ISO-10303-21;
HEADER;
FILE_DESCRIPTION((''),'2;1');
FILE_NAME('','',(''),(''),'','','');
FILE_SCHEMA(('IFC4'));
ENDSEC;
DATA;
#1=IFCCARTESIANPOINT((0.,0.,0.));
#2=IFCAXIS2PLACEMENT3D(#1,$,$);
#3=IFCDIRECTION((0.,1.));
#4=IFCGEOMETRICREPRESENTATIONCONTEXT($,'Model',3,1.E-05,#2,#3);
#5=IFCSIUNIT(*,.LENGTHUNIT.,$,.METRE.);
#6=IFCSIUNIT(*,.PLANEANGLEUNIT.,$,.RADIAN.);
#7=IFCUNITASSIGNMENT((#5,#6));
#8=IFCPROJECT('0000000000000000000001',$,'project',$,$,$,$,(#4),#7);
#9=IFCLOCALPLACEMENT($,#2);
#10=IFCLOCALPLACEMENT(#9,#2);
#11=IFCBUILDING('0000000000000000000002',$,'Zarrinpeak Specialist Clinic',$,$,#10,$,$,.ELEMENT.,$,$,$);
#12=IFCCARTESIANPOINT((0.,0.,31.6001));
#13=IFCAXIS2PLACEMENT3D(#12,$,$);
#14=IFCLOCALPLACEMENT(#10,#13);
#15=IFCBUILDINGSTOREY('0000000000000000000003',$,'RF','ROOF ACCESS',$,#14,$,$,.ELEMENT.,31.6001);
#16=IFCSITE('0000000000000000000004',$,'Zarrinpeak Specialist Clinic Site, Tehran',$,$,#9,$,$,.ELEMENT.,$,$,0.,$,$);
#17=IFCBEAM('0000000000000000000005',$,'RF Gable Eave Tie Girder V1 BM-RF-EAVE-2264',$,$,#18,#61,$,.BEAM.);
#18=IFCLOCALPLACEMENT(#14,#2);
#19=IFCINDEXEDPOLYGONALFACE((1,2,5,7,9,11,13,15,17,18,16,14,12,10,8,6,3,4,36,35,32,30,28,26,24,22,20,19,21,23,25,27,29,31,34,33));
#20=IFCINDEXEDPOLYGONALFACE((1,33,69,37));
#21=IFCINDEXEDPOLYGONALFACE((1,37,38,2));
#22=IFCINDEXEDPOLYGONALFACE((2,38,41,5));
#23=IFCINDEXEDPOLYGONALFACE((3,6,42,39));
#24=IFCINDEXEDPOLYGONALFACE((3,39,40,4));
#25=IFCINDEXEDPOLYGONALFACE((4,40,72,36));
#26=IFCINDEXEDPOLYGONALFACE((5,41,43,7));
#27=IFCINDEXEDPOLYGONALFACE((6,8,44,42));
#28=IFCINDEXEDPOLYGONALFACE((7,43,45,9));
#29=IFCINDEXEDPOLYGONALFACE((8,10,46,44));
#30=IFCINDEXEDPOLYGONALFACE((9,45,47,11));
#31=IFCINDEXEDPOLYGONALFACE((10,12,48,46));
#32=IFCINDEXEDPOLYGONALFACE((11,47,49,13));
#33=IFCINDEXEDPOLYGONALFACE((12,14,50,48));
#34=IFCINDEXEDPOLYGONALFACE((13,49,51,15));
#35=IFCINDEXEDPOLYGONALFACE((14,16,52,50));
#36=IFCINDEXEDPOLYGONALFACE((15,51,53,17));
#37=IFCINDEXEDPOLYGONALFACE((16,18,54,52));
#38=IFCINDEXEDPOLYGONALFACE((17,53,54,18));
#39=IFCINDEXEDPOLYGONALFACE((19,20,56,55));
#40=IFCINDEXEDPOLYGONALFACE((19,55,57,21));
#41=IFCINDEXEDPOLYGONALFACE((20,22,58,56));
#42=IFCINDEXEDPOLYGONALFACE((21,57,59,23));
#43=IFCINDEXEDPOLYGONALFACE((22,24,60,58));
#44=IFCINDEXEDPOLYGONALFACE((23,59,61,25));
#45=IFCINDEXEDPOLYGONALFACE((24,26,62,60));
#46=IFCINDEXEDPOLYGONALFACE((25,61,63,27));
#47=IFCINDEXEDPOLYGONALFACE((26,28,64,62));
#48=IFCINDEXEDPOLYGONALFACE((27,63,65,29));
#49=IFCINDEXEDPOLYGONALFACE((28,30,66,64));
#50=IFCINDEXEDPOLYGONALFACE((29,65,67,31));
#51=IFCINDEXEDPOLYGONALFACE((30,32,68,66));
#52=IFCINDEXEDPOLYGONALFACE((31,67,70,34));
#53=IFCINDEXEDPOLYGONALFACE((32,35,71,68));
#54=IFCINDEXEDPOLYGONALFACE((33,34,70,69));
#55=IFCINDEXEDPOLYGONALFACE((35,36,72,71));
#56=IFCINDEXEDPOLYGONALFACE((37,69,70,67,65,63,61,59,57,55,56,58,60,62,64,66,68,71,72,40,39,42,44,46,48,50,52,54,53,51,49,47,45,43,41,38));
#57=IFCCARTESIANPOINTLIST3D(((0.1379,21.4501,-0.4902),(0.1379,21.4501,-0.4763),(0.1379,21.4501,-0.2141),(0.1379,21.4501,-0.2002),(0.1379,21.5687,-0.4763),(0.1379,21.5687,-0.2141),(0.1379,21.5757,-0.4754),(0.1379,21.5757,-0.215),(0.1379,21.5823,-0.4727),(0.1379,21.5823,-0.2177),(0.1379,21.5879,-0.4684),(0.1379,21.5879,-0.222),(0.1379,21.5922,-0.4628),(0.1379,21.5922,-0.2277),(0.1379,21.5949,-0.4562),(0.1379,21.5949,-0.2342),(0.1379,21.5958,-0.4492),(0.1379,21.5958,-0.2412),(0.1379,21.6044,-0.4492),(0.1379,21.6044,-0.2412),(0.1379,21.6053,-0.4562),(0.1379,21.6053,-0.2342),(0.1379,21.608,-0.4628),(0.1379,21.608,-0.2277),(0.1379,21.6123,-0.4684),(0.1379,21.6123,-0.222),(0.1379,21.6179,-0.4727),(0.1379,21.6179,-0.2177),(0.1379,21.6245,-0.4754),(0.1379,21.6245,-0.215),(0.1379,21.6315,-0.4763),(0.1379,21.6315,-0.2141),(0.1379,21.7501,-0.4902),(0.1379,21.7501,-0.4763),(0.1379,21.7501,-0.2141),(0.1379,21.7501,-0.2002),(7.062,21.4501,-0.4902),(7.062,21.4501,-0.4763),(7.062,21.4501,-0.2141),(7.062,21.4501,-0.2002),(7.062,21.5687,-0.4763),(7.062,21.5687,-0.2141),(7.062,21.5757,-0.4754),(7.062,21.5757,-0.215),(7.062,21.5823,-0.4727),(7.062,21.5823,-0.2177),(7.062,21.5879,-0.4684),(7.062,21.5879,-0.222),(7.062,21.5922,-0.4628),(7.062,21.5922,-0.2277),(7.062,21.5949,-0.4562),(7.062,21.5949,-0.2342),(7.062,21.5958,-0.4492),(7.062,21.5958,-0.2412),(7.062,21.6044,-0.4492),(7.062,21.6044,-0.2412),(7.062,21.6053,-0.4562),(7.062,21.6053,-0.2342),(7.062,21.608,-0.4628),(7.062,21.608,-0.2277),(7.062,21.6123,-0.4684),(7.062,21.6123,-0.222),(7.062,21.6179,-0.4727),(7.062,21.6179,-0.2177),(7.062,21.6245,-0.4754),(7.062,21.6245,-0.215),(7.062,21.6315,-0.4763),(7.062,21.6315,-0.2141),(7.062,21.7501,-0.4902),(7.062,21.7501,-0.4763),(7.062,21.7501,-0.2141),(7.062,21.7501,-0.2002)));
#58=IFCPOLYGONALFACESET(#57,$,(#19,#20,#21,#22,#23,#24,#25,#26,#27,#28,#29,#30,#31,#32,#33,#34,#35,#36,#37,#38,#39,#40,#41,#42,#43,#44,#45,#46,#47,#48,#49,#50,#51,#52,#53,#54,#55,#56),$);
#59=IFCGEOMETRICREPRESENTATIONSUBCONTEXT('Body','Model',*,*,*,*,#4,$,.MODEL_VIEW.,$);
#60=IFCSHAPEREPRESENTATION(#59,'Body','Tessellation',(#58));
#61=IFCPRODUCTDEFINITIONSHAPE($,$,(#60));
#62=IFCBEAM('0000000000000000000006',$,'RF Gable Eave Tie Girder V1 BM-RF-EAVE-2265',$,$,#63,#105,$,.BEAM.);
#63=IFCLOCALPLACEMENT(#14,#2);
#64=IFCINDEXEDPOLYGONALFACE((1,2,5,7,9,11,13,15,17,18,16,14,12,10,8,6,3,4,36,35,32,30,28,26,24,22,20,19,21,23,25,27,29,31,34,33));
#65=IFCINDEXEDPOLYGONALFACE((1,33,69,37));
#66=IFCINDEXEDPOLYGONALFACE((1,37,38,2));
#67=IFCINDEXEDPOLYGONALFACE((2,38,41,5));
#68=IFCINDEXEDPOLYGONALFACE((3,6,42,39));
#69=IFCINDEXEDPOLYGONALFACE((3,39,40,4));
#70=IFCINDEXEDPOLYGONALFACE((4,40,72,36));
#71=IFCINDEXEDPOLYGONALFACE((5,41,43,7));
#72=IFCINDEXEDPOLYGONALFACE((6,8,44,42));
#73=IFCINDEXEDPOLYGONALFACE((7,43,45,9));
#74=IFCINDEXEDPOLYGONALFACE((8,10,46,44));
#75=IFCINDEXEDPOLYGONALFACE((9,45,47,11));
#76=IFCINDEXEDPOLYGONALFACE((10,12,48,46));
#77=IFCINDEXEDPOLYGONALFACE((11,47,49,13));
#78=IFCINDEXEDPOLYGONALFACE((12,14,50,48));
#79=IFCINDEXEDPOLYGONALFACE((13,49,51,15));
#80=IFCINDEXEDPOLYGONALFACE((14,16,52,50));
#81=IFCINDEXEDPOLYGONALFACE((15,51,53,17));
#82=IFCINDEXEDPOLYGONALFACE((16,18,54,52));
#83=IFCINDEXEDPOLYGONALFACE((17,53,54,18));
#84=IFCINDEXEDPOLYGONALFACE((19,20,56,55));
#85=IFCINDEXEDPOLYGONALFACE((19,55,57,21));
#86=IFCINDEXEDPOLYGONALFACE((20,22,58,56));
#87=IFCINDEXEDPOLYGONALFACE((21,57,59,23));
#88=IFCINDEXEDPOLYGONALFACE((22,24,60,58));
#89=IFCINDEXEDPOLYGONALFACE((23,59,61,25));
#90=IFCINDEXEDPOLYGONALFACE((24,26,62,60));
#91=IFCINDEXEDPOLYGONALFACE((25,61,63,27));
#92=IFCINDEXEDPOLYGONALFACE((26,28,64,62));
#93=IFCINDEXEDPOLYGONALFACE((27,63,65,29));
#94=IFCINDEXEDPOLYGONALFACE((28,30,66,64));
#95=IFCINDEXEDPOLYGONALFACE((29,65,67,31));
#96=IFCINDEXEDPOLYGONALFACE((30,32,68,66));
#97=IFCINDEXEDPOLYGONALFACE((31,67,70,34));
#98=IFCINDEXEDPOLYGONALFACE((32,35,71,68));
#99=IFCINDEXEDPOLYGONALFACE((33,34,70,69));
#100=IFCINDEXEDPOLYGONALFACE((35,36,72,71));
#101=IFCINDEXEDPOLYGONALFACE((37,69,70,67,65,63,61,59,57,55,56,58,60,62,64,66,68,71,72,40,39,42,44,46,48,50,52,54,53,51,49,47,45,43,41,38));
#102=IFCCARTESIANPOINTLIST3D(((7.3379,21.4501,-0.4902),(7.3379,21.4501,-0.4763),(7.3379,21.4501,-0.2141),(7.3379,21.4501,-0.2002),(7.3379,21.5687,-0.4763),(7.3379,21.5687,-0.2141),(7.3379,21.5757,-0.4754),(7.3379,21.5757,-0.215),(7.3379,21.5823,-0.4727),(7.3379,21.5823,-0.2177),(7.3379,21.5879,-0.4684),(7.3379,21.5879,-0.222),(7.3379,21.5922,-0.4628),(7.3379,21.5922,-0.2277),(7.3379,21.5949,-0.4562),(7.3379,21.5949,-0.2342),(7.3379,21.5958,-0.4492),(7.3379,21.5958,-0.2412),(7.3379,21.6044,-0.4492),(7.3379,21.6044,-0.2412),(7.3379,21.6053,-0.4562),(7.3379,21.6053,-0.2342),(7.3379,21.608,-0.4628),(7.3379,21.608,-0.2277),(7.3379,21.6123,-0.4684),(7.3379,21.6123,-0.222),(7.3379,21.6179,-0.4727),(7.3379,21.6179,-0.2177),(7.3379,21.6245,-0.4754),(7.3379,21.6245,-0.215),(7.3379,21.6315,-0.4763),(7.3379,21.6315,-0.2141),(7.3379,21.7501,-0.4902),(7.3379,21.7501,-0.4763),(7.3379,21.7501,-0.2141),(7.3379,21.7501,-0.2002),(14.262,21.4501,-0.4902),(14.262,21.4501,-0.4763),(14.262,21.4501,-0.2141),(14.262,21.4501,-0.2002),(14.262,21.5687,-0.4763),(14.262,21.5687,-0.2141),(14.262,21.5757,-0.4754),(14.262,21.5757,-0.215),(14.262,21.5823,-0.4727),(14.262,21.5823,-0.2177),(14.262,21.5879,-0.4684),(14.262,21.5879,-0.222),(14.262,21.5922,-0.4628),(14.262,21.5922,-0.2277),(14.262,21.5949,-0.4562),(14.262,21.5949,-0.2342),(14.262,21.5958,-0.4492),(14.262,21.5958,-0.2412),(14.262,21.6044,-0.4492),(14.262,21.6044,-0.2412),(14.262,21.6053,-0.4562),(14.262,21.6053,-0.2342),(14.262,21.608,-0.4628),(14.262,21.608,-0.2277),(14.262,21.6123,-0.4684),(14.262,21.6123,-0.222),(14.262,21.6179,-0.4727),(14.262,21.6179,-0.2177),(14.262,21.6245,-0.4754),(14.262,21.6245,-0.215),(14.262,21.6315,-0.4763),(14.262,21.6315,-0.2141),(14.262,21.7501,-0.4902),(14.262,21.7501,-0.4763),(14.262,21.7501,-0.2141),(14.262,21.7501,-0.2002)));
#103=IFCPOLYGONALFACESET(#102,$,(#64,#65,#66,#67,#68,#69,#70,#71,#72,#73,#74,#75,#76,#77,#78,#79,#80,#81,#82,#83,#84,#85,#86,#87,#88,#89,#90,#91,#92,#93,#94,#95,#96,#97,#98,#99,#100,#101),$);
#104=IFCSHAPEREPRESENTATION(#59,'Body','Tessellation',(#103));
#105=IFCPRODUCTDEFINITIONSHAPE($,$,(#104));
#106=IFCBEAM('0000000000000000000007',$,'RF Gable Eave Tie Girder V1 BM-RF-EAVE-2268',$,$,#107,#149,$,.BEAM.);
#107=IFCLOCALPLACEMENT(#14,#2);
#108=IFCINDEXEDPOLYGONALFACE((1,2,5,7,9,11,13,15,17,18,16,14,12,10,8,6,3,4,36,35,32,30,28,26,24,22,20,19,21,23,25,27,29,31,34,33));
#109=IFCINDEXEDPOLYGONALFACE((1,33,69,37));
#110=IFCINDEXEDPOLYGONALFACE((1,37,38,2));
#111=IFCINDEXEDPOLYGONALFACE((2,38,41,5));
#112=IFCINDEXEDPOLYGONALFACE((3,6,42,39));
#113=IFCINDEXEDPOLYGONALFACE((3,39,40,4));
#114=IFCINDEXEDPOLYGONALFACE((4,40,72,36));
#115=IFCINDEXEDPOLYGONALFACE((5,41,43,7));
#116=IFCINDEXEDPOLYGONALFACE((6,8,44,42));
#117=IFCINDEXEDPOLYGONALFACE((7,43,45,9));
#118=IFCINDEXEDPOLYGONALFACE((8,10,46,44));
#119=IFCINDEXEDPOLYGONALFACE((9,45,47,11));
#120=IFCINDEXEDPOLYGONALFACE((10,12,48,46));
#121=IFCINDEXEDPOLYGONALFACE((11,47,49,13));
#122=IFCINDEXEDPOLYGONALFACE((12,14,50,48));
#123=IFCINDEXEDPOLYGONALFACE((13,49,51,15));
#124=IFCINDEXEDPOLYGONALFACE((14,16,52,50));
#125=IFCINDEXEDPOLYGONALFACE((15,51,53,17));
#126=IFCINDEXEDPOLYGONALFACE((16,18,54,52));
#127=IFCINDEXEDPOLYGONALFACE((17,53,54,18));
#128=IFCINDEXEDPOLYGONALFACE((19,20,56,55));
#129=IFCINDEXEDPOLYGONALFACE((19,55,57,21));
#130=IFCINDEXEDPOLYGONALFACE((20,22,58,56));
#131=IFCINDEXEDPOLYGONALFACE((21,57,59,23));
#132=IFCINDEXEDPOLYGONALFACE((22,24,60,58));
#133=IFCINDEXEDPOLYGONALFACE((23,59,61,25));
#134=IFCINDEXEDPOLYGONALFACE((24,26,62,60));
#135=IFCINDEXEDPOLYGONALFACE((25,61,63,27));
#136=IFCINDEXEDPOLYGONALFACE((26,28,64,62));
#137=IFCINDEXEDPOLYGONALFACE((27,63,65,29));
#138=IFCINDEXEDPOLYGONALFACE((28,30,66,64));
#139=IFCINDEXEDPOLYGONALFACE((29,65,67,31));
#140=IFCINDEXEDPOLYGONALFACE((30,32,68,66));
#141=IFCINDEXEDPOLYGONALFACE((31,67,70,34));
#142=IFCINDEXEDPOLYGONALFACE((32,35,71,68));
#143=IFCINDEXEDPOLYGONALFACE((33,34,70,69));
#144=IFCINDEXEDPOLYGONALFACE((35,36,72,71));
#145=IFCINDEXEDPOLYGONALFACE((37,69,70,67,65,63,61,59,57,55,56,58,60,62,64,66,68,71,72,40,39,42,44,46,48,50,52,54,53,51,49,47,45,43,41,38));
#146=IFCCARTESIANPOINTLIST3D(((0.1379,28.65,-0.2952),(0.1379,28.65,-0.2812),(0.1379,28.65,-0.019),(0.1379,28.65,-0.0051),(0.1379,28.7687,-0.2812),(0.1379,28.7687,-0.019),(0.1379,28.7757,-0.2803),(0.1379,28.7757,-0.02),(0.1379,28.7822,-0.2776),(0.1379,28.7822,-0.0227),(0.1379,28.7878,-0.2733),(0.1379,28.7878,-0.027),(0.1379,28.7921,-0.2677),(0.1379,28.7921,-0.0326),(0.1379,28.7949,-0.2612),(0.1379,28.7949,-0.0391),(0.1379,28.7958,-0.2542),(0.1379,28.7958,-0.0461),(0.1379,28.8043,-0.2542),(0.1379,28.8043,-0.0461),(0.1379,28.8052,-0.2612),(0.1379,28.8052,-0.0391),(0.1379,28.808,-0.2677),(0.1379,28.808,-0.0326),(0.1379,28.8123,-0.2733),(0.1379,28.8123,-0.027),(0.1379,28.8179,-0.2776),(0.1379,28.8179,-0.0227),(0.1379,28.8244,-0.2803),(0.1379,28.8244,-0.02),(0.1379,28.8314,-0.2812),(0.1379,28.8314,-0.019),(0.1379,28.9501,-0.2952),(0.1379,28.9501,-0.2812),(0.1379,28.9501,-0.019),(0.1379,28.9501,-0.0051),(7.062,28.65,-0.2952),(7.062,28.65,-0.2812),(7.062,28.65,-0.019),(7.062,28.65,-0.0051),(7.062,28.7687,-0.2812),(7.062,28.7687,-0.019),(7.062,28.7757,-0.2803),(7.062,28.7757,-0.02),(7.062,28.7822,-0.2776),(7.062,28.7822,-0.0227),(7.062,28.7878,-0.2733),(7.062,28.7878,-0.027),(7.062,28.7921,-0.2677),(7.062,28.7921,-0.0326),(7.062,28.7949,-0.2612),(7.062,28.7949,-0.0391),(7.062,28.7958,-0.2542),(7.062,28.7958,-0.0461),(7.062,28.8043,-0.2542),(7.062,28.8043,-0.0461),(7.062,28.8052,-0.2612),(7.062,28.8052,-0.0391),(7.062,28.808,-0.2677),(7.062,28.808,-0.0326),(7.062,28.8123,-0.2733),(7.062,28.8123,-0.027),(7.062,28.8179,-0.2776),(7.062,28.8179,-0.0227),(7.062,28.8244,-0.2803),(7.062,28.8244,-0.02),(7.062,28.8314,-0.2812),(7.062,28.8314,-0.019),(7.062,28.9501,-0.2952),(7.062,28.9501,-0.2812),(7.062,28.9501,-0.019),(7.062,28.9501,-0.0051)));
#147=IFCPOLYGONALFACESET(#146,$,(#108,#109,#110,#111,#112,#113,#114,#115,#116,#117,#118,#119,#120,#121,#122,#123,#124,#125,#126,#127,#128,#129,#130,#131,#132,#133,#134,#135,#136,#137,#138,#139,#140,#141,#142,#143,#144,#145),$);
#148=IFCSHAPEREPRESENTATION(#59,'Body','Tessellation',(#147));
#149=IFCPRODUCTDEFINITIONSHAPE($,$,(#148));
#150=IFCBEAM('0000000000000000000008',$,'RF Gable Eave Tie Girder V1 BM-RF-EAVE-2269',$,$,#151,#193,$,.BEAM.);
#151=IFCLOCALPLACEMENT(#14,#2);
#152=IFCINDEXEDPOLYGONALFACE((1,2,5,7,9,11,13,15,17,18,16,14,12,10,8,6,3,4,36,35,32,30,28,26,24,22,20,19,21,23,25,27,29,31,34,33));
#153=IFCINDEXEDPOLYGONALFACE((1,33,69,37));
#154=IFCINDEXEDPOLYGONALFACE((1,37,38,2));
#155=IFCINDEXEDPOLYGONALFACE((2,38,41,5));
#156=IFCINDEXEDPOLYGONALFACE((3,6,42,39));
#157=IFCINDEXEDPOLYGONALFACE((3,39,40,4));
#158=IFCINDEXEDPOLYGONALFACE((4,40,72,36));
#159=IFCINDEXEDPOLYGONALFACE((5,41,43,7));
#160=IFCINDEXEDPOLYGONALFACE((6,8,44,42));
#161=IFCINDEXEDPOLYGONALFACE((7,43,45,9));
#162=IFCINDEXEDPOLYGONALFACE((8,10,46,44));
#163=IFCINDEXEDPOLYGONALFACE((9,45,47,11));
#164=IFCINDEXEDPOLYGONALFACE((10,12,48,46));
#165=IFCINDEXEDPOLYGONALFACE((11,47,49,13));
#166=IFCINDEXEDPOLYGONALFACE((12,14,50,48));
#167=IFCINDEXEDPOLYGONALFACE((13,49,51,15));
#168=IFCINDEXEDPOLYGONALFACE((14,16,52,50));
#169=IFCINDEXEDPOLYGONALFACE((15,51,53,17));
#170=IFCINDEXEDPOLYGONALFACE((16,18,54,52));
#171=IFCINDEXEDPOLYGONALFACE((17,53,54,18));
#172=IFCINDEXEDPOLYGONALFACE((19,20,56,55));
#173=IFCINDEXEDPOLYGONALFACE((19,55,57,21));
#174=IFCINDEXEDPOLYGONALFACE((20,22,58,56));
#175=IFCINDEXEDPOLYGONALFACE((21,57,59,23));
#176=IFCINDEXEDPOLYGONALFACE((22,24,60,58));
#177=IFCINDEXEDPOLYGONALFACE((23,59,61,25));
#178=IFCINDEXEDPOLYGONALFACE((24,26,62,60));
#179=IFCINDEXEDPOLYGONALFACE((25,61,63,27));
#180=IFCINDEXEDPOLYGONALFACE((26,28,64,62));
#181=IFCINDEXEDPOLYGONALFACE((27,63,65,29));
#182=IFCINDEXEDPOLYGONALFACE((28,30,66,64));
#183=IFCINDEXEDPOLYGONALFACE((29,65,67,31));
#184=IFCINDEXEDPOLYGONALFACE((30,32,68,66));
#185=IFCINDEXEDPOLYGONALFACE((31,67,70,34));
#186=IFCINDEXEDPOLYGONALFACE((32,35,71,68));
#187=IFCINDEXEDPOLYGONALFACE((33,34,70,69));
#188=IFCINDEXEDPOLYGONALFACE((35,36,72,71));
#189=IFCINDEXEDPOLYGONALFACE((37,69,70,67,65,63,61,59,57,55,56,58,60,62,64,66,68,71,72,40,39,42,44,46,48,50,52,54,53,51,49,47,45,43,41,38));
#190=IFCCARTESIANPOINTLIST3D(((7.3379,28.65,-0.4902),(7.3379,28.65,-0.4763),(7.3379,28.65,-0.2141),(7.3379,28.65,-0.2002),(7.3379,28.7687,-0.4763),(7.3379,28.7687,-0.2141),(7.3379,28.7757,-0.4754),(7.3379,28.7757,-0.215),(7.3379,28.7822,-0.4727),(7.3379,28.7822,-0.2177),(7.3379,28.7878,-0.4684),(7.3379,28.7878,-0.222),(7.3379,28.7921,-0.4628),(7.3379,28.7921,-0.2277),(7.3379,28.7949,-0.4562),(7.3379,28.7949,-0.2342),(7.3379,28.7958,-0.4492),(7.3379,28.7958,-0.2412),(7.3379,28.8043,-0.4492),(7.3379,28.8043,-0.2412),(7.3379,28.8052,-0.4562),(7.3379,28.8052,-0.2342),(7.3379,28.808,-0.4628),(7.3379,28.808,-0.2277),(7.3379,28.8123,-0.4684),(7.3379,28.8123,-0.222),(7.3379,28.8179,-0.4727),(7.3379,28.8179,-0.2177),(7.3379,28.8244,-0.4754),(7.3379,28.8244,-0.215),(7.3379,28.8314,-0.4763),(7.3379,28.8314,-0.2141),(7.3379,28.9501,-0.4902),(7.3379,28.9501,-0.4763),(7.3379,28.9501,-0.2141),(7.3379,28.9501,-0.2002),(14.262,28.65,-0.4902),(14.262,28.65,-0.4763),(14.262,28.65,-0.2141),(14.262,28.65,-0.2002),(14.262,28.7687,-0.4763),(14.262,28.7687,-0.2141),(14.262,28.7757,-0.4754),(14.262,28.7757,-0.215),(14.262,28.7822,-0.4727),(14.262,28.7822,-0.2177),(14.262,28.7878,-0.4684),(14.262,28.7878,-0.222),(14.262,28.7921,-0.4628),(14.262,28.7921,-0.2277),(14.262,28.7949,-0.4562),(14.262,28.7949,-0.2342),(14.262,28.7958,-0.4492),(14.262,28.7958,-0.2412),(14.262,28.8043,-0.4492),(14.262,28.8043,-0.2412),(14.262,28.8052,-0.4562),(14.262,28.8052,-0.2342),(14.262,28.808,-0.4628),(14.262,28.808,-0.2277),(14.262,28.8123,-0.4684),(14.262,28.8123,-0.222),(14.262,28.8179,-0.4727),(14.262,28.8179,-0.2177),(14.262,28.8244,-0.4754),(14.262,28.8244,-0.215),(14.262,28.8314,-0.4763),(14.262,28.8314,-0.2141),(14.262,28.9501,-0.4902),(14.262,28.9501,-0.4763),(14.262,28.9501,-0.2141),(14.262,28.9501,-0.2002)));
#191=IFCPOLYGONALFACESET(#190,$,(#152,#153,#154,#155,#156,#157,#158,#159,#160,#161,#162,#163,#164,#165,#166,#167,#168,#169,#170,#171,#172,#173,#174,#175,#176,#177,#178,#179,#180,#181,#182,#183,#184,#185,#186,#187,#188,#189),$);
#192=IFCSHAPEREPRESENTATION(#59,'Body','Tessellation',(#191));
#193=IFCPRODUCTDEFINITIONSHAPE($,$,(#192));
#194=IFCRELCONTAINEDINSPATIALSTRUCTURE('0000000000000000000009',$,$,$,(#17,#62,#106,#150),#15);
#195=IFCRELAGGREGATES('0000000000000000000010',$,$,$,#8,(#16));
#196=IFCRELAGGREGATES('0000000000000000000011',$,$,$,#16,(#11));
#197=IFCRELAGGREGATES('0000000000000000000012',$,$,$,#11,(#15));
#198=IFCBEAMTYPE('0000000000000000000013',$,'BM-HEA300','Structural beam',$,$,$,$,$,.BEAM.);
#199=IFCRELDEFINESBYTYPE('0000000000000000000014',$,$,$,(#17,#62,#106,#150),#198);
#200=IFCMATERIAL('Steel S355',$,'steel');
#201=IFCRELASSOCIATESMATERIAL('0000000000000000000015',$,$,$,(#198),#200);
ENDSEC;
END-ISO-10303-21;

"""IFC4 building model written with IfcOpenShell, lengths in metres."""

from ifc_helpers import new_model, si_unit, direction, frame, origin, origin_2d, place, context, subcontext, project, spatial, i_section, extrude, material, material_profile, profile_set, type_object, element, save


model = new_model("IFC4")

# Units and contexts
model_context = context("Model", 3, precision=1e-05, world=origin(), true_north=direction((0.0, 1.0)))
body_context = subcontext(model_context, "Body", "Model", "MODEL_VIEW")
ifc_project = project(units=[si_unit("LENGTHUNIT", "METRE"), si_unit("PLANEANGLEUNIT", "RADIAN")], contexts=[model_context])

# Site, building, storey
site_placement = place(None, origin())
site = spatial("IfcSite", under=ifc_project, at=site_placement, Name="Zarrinpeak Specialist Clinic Site, Tehran", CompositionType="ELEMENT", RefElevation=0.0)
building_placement = place(site_placement, origin())
building = spatial("IfcBuilding", under=site, at=building_placement, Name="Zarrinpeak Specialist Clinic", CompositionType="ELEMENT")
storey_placement = place(building_placement, frame((0.0, 0.0, 31.6001)))
storey = spatial("IfcBuildingStorey", under=building, at=storey_placement, Name="RF", Description="ROOF ACCESS", CompositionType="ELEMENT", Elevation=31.6001)

# Beams
ifc_material_1 = material(Name="Steel S355", Category="steel")
ifc_material_profile_1 = material_profile(ifc_material_1, i_section(OverallWidth=0.3, OverallDepth=0.29, WebThickness=0.0085, FlangeThickness=0.0139, FilletRadius=0.0271, at=origin_2d()), Name="HEA 300")
ifc_profile_set_1 = profile_set([ifc_material_profile_1], Name="Steel S355")
beam_type_1 = type_object("IfcBeamType", Name="BM-HEA300", Description="Structural beam", PredefinedType="BEAM", material=ifc_profile_set_1)
for number, where, z_axis, x_axis, name in (
    (1, (0.1379, 21.6001, -0.3452), (1.0, 0.0, 0.0), (0.0, 1.0, 0.0), "RF Gable Eave Tie Girder V1 BM-RF-EAVE-2264"),
    (2, (7.3379, 21.6001, -0.3452), (1.0, 0.0, 0.0), (0.0, 1.0, 0.0), "RF Gable Eave Tie Girder V1 BM-RF-EAVE-2265"),
    (3, (0.1379, 28.8, -0.1501), (1.0, 0.0, 0.0), (0.0, 1.0, 0.0), "RF Gable Eave Tie Girder V1 BM-RF-EAVE-2268"),
    (4, (7.3379, 28.8, -0.3452), (1.0, 0.0, 0.0), (0.0, 1.0, 0.0), "RF Gable Eave Tie Girder V1 BM-RF-EAVE-2269"),
):
    element("IfcBeam", number, at=place(storey_placement, frame(where, z_axis=z_axis, x_axis=x_axis)), inside=storey, type_object=beam_type_1, Name=name, PredefinedType="BEAM", context=body_context, shape_type="SweptSolid", body=[
        extrude(i_section(OverallWidth=0.3, OverallDepth=0.29, WebThickness=0.0085, FlangeThickness=0.0139, FilletRadius=0.0271, at=origin_2d()), origin(), (0.0, 0.0, 1.0), 6.9241),
    ])

save(model, "model.ifc")
